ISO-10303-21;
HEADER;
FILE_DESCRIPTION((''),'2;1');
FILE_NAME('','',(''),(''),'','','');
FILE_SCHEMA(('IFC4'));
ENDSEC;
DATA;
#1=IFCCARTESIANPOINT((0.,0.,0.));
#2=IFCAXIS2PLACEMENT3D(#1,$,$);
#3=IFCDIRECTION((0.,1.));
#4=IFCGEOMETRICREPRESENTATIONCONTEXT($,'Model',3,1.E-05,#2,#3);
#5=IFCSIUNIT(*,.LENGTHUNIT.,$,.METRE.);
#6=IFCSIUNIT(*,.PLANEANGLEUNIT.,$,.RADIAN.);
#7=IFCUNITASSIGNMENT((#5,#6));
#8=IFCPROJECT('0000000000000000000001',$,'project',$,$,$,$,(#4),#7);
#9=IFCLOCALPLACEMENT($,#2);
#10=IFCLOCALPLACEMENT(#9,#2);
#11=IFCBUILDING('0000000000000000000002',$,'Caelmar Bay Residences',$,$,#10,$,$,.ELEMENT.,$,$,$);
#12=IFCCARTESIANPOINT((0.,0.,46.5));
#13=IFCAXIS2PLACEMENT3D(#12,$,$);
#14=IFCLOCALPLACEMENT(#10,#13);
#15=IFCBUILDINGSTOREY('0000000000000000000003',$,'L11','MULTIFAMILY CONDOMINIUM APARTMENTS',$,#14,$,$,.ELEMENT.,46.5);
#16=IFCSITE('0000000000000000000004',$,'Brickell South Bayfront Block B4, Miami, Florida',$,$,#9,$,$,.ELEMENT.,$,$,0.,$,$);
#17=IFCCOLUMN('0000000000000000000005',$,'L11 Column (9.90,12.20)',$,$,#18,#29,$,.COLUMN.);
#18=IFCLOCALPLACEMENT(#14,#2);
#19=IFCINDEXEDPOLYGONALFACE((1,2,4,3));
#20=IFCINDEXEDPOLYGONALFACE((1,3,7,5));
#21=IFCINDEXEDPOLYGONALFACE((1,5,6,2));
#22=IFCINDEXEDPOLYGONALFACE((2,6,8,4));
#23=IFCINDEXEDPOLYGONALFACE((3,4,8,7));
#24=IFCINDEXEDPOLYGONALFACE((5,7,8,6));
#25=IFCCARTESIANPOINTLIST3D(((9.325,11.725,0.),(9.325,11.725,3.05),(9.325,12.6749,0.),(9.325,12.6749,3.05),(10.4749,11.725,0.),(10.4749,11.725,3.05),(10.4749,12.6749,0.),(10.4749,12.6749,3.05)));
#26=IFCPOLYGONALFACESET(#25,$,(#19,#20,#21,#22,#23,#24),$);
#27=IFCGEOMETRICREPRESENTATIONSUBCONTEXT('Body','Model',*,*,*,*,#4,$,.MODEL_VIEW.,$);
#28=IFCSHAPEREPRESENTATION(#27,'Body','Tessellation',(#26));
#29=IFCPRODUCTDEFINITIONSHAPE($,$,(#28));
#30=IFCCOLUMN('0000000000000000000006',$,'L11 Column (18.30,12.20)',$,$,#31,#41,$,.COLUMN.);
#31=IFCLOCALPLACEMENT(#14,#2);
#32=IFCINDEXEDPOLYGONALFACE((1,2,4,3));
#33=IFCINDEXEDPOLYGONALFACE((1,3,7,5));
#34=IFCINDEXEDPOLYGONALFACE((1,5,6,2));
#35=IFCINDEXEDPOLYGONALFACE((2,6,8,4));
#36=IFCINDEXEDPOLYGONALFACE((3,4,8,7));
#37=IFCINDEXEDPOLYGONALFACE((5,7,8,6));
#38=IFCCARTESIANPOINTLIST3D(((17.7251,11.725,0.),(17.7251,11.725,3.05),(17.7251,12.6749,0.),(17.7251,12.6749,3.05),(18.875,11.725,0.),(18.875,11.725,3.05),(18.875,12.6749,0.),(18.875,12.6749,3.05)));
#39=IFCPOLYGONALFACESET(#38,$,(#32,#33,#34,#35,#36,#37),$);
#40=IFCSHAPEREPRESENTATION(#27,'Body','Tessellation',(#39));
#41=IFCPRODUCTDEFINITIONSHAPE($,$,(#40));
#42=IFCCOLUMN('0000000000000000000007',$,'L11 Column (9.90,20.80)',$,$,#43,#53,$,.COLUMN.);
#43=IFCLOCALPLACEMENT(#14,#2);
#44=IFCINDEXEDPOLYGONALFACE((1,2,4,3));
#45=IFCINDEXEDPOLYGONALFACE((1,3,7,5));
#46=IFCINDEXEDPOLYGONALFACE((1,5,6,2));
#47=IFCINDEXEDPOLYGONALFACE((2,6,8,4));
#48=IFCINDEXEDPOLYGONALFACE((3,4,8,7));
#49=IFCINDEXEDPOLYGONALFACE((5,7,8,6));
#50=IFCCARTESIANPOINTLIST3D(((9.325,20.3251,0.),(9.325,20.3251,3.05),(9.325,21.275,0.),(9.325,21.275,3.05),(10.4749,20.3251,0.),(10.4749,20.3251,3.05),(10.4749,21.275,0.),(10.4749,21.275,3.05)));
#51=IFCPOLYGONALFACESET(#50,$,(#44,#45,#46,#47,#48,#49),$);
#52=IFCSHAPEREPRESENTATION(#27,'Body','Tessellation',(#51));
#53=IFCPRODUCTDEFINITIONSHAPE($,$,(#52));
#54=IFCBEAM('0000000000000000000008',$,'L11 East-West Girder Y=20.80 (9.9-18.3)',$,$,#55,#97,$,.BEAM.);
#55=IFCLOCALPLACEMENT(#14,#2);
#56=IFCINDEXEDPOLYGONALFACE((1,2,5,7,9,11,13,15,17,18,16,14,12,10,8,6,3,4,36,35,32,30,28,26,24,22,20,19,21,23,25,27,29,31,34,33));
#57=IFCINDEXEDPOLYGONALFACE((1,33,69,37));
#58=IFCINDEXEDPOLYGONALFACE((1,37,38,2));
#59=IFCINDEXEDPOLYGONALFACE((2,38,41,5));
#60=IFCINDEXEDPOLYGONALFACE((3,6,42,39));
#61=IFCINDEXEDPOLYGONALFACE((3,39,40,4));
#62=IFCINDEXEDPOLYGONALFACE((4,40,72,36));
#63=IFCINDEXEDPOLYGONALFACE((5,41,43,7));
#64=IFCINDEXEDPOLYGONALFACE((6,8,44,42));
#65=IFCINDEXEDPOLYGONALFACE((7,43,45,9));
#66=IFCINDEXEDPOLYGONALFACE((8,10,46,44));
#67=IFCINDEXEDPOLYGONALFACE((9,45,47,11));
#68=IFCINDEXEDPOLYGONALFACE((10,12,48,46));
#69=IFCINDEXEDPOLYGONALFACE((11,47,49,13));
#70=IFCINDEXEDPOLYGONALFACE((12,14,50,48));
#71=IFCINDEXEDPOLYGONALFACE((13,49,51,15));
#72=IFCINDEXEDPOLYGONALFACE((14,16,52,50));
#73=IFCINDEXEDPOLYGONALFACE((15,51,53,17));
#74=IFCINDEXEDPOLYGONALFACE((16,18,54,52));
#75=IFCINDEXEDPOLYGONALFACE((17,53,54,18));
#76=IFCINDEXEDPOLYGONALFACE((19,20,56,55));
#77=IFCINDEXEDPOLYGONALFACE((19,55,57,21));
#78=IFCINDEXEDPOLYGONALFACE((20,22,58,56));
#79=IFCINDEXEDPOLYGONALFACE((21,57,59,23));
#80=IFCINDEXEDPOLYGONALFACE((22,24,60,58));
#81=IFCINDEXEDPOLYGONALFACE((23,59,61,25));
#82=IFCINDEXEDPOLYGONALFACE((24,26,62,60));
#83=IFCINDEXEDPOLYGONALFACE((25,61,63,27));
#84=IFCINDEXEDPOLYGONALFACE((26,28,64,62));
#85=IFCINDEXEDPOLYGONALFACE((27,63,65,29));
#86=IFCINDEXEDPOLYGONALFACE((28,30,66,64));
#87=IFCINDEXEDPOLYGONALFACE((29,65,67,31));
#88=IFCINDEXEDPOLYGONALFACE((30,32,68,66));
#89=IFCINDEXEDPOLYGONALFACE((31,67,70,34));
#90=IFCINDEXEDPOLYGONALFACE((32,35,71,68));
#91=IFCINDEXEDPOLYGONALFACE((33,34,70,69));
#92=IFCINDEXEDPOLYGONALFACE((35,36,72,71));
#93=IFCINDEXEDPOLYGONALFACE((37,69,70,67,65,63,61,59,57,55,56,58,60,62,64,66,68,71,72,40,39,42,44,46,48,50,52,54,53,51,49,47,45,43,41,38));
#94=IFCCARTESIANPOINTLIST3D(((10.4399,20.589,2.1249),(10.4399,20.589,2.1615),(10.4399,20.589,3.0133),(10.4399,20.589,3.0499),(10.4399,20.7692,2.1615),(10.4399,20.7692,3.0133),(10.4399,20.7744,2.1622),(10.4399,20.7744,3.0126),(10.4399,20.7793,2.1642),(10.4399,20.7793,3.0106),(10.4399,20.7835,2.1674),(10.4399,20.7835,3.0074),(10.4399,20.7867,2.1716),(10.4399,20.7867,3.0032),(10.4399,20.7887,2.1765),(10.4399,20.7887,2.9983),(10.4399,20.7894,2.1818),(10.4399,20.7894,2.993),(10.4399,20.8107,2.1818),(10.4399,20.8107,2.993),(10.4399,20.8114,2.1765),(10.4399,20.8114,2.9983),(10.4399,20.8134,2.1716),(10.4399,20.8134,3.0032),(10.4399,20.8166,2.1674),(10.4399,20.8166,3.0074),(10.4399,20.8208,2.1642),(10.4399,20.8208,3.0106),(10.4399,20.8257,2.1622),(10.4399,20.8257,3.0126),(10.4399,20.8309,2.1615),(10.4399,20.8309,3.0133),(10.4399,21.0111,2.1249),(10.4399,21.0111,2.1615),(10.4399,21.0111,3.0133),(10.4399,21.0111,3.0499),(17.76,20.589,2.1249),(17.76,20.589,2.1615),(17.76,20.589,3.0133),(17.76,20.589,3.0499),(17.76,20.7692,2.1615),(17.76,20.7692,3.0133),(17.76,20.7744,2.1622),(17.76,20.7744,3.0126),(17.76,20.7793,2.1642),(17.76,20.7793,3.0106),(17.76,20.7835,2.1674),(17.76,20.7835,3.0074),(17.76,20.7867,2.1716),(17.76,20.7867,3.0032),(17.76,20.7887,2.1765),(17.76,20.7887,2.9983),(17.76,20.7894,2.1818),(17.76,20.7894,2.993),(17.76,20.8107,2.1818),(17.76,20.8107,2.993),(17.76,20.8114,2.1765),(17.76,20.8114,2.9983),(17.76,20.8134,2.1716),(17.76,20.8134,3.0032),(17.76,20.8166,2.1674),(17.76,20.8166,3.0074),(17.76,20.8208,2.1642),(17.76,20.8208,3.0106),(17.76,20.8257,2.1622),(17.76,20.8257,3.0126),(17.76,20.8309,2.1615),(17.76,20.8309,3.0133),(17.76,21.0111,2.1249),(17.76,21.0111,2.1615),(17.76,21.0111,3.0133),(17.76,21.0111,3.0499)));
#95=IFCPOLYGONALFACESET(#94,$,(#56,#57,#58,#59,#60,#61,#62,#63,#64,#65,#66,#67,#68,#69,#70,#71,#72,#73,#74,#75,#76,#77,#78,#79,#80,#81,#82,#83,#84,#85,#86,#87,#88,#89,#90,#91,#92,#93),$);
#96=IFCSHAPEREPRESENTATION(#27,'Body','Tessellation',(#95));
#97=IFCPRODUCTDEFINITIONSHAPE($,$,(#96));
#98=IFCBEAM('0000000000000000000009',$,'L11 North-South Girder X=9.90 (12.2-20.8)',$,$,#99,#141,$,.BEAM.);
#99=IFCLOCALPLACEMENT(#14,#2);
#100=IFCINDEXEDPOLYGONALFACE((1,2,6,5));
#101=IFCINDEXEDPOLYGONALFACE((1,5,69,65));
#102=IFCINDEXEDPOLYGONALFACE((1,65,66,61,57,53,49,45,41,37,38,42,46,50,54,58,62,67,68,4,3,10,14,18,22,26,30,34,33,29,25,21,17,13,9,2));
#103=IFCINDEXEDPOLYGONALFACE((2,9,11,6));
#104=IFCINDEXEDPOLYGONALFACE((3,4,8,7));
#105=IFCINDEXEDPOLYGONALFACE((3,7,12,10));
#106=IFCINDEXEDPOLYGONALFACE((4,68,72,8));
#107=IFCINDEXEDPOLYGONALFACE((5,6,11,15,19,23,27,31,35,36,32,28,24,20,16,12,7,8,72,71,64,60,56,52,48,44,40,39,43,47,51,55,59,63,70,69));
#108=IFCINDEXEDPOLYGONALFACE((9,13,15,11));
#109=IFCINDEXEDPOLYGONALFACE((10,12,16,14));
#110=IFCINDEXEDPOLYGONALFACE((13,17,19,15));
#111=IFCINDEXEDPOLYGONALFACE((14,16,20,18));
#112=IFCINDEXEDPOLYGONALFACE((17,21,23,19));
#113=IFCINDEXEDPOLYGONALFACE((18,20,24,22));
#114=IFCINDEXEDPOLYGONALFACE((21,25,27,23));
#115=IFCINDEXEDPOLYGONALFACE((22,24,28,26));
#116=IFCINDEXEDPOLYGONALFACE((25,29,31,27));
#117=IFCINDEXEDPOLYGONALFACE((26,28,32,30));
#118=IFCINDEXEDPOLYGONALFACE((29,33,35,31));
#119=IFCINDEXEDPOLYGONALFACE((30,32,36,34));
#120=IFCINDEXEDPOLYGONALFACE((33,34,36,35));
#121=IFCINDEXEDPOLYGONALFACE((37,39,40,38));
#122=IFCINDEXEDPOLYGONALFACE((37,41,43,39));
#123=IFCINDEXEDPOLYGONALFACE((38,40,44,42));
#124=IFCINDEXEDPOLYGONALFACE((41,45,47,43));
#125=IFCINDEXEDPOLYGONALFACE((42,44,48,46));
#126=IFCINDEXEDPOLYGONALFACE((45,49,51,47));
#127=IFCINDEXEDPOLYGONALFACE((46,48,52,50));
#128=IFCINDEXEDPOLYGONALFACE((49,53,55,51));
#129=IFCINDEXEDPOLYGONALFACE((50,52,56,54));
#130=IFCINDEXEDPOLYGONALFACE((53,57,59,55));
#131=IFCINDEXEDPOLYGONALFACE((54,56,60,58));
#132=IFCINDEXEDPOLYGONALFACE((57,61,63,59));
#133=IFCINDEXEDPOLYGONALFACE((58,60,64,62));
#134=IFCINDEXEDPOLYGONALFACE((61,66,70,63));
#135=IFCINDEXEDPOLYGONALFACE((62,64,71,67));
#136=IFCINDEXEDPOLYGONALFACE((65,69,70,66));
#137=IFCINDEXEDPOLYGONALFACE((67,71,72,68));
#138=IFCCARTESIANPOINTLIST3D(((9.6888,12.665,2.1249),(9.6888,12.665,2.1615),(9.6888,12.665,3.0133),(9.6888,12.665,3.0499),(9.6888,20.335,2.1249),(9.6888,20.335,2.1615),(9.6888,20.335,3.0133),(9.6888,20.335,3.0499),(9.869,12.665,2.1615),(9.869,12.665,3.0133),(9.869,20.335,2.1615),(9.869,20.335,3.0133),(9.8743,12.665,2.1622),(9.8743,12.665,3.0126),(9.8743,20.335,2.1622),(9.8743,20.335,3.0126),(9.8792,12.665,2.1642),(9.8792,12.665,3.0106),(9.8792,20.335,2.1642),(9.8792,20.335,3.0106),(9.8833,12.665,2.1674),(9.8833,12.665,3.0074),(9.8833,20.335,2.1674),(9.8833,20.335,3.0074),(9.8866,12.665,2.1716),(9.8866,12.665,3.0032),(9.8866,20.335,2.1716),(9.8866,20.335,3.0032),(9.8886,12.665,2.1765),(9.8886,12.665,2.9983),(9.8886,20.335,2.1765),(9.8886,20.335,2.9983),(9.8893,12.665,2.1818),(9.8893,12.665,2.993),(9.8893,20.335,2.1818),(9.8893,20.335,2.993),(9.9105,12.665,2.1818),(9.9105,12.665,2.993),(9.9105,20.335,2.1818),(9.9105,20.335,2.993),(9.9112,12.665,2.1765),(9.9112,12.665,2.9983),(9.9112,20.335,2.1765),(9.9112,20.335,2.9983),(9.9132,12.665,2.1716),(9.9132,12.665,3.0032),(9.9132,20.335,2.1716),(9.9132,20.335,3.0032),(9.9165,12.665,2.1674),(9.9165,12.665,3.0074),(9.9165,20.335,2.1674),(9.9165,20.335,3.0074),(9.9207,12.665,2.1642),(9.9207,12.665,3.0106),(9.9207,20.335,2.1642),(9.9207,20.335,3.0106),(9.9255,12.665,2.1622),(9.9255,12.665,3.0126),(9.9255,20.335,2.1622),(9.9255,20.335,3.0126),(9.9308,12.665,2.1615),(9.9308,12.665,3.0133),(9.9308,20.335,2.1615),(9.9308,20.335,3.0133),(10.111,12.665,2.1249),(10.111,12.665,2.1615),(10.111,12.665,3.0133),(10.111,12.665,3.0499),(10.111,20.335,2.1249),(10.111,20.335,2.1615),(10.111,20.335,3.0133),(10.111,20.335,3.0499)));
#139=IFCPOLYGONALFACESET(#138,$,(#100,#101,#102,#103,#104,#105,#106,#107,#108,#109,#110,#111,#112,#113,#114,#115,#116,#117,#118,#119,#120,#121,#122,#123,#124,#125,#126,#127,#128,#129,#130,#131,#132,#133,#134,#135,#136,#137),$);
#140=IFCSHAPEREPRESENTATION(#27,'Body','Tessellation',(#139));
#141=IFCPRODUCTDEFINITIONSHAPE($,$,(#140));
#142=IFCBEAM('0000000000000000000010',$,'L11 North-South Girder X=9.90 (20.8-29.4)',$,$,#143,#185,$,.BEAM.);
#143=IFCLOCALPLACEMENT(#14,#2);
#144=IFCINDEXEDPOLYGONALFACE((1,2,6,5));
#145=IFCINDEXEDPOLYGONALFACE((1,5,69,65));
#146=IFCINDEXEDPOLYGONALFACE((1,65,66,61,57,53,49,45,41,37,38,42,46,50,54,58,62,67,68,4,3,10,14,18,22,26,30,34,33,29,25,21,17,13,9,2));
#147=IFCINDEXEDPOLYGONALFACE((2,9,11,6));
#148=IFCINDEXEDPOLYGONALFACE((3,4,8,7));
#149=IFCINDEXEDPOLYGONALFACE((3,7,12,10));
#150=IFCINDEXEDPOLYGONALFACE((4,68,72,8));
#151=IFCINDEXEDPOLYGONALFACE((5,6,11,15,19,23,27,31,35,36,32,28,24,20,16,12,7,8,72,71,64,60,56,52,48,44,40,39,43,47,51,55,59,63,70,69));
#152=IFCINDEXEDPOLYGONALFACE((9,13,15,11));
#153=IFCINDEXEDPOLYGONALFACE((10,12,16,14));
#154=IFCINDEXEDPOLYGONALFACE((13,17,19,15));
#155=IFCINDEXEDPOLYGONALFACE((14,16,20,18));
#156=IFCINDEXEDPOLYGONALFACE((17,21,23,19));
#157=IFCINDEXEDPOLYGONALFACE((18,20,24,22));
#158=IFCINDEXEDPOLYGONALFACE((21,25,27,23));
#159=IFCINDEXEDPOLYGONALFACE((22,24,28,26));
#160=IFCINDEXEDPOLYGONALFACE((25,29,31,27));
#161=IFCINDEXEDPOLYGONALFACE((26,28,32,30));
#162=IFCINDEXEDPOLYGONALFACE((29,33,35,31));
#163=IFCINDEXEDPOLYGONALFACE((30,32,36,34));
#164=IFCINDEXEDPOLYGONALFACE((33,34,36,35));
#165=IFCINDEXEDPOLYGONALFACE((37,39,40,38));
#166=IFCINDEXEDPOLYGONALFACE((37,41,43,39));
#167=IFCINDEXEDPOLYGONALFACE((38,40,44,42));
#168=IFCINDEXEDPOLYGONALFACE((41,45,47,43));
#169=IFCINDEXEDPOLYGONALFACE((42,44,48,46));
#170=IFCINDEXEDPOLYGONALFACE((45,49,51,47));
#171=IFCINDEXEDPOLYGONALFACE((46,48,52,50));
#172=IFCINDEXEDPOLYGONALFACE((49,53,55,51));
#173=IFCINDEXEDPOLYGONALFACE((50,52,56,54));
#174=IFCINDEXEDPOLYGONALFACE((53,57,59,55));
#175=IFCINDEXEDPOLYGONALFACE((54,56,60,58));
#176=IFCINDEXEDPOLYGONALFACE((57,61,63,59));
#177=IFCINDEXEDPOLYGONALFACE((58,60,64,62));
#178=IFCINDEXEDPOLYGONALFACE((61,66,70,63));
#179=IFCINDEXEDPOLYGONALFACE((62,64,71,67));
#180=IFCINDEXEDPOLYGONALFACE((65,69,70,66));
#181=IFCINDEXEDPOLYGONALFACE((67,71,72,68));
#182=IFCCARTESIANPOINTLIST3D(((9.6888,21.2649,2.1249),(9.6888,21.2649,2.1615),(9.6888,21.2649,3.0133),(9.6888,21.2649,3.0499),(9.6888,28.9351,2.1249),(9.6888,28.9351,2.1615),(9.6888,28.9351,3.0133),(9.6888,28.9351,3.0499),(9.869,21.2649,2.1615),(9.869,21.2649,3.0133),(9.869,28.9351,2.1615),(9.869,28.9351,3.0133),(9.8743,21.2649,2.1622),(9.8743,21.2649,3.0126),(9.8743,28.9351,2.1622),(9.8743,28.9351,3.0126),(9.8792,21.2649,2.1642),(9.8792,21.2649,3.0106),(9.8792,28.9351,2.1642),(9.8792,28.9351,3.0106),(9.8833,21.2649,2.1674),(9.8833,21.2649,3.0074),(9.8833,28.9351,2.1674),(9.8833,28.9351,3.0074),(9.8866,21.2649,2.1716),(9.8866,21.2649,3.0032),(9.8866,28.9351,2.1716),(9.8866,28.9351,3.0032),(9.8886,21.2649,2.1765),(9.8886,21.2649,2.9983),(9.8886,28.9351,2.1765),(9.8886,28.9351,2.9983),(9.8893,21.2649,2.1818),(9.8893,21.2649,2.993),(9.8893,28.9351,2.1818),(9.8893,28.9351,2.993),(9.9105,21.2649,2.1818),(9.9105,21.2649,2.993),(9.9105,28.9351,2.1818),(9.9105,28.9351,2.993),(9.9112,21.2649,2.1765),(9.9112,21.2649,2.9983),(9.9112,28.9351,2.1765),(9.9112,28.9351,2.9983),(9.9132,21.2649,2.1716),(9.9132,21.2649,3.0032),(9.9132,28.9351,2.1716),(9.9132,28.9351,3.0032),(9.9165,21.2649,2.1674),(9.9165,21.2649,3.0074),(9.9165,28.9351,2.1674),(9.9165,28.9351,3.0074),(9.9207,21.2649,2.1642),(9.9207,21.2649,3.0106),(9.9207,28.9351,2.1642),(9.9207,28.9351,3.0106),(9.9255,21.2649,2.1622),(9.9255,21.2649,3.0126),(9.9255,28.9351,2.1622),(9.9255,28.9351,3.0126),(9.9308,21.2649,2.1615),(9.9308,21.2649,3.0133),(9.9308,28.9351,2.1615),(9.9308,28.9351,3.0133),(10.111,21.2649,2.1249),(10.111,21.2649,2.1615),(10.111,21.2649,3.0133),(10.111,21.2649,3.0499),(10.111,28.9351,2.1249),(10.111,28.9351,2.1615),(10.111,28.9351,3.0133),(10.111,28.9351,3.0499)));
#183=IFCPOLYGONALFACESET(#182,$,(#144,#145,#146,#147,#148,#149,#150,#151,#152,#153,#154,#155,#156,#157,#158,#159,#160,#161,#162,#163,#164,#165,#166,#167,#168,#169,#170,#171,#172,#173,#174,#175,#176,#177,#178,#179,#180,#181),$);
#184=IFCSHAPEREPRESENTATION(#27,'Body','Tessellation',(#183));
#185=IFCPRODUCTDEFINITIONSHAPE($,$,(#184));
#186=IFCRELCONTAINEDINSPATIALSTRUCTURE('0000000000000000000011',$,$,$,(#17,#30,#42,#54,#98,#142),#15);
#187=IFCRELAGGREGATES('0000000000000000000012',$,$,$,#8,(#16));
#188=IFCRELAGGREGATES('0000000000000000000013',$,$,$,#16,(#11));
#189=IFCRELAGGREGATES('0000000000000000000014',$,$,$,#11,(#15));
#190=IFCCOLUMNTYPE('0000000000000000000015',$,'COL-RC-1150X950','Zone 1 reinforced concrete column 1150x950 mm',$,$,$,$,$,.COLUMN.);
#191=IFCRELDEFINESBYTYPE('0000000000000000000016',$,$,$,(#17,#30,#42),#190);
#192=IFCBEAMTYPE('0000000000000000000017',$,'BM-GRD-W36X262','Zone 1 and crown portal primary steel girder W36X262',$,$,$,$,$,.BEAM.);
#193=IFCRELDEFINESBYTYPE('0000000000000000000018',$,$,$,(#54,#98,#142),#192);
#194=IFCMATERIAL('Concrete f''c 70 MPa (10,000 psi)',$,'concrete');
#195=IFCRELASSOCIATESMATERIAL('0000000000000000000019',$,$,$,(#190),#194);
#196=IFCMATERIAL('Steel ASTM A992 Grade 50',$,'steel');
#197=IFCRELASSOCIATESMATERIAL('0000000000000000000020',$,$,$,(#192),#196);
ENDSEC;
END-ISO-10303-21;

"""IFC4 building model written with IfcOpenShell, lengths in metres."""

from ifc_helpers import new_model, si_unit, direction, frame, origin, origin_2d, place, context, subcontext, project, spatial, rectangle, i_section, extrude, material, material_profile, profile_set, type_object, element, save


model = new_model("IFC4")

# Units and contexts
model_context = context("Model", 3, precision=1e-05, world=origin(), true_north=direction((0.0, 1.0)))
body_context = subcontext(model_context, "Body", "Model", "MODEL_VIEW")
ifc_project = project(units=[si_unit("LENGTHUNIT", "METRE"), si_unit("PLANEANGLEUNIT", "RADIAN")], contexts=[model_context])

# Site, building, storey
site_placement = place(None, origin())
site = spatial("IfcSite", under=ifc_project, at=site_placement, Name="Brickell South Bayfront Block B4, Miami, Florida", CompositionType="ELEMENT", RefElevation=0.0)
building_placement = place(site_placement, origin())
building = spatial("IfcBuilding", under=site, at=building_placement, Name="Caelmar Bay Residences", CompositionType="ELEMENT")
storey_placement = place(building_placement, frame((0.0, 0.0, 46.5)))
storey = spatial("IfcBuildingStorey", under=building, at=storey_placement, Name="L11", Description="MULTIFAMILY CONDOMINIUM APARTMENTS", CompositionType="ELEMENT", Elevation=46.5)

# Columns
ifc_material_1 = material(Name="Concrete f'c 70 MPa (10,000 psi)", Category="concrete")
ifc_material_profile_1 = material_profile(ifc_material_1, rectangle(XDim=1.1499, YDim=0.95, at=origin_2d()), Name="RC-COL-1150X950")
ifc_profile_set_1 = profile_set([ifc_material_profile_1], Name="Concrete f'c 70 MPa (10,000 psi)")
column_type = type_object("IfcColumnType", Name="COL-RC-1150X950", Description="Zone 1 reinforced concrete column 1150x950 mm", PredefinedType="COLUMN", material=ifc_profile_set_1)
for number, where, z_axis, x_axis, name in (
    (1, (9.8999, 12.2, 0.0), (0.0, 0.0, 1.0), (1.0, 0.0, 0.0), "L11 Column (9.90,12.20)"),
    (2, (18.3, 12.2, 0.0), (0.0, 0.0, 1.0), (1.0, 0.0, 0.0), "L11 Column (18.30,12.20)"),
    (3, (9.8999, 20.8, 0.0), (0.0, 0.0, 1.0), (1.0, 0.0, 0.0), "L11 Column (9.90,20.80)"),
):
    element("IfcColumn", number, at=place(storey_placement, frame(where, z_axis=z_axis, x_axis=x_axis)), inside=storey, type_object=column_type, Name=name, PredefinedType="COLUMN", context=body_context, shape_type="SweptSolid", body=[
        extrude(rectangle(XDim=1.1499, YDim=0.95, at=origin_2d()), origin(), (0.0, 0.0, 1.0), 3.05),
    ])

# Beams
ifc_material_2 = material(Name="Steel ASTM A992 Grade 50", Category="steel")
ifc_material_profile_2 = material_profile(ifc_material_2, i_section(OverallWidth=0.4221, OverallDepth=0.925, WebThickness=0.0212, FlangeThickness=0.0366, FilletRadius=0.0203, at=origin_2d()), Name="W36X262")
ifc_profile_set_2 = profile_set([ifc_material_profile_2], Name="Steel ASTM A992 Grade 50")
beam_type_1 = type_object("IfcBeamType", Name="BM-GRD-W36X262", Description="Zone 1 and crown portal primary steel girder W36X262", PredefinedType="BEAM", material=ifc_profile_set_2)
beam_1_placement = place(storey_placement, frame((10.4399, 20.8, 2.5874), z_axis=(1.0, 0.0, 0.0), x_axis=(0.0, 1.0, 0.0)))
element("IfcBeam", 4, at=beam_1_placement, inside=storey, type_object=beam_type_1, Name="L11 East-West Girder Y=20.80 (9.9-18.3)", PredefinedType="BEAM", context=body_context, shape_type="SweptSolid", body=[
    extrude(i_section(OverallWidth=0.4221, OverallDepth=0.925, WebThickness=0.0212, FlangeThickness=0.0366, FilletRadius=0.0203, at=origin_2d()), origin(), (0.0, 0.0, 1.0), 7.3201),
])
beam_2_placement = place(storey_placement, frame((9.8999, 12.665, 2.5874), z_axis=(0.0, 1.0, 0.0), x_axis=(-1.0, 0.0, 0.0)))
element("IfcBeam", 5, at=beam_2_placement, inside=storey, type_object=beam_type_1, Name="L11 North-South Girder X=9.90 (12.2-20.8)", PredefinedType="BEAM", context=body_context, shape_type="SweptSolid", body=[
    extrude(i_section(OverallWidth=0.4221, OverallDepth=0.925, WebThickness=0.0212, FlangeThickness=0.0366, FilletRadius=0.0203, at=origin_2d()), origin(), (0.0, 0.0, 1.0), 7.6699),
])
beam_3_placement = place(storey_placement, frame((9.8999, 21.2649, 2.5874), z_axis=(0.0, 1.0, 0.0), x_axis=(-1.0, 0.0, 0.0)))
element("IfcBeam", 6, at=beam_3_placement, inside=storey, type_object=beam_type_1, Name="L11 North-South Girder X=9.90 (20.8-29.4)", PredefinedType="BEAM", context=body_context, shape_type="SweptSolid", body=[
    extrude(i_section(OverallWidth=0.4221, OverallDepth=0.925, WebThickness=0.0212, FlangeThickness=0.0366, FilletRadius=0.0203, at=origin_2d()), origin(), (0.0, 0.0, 1.0), 7.6702),
])

save(model, "model.ifc")
